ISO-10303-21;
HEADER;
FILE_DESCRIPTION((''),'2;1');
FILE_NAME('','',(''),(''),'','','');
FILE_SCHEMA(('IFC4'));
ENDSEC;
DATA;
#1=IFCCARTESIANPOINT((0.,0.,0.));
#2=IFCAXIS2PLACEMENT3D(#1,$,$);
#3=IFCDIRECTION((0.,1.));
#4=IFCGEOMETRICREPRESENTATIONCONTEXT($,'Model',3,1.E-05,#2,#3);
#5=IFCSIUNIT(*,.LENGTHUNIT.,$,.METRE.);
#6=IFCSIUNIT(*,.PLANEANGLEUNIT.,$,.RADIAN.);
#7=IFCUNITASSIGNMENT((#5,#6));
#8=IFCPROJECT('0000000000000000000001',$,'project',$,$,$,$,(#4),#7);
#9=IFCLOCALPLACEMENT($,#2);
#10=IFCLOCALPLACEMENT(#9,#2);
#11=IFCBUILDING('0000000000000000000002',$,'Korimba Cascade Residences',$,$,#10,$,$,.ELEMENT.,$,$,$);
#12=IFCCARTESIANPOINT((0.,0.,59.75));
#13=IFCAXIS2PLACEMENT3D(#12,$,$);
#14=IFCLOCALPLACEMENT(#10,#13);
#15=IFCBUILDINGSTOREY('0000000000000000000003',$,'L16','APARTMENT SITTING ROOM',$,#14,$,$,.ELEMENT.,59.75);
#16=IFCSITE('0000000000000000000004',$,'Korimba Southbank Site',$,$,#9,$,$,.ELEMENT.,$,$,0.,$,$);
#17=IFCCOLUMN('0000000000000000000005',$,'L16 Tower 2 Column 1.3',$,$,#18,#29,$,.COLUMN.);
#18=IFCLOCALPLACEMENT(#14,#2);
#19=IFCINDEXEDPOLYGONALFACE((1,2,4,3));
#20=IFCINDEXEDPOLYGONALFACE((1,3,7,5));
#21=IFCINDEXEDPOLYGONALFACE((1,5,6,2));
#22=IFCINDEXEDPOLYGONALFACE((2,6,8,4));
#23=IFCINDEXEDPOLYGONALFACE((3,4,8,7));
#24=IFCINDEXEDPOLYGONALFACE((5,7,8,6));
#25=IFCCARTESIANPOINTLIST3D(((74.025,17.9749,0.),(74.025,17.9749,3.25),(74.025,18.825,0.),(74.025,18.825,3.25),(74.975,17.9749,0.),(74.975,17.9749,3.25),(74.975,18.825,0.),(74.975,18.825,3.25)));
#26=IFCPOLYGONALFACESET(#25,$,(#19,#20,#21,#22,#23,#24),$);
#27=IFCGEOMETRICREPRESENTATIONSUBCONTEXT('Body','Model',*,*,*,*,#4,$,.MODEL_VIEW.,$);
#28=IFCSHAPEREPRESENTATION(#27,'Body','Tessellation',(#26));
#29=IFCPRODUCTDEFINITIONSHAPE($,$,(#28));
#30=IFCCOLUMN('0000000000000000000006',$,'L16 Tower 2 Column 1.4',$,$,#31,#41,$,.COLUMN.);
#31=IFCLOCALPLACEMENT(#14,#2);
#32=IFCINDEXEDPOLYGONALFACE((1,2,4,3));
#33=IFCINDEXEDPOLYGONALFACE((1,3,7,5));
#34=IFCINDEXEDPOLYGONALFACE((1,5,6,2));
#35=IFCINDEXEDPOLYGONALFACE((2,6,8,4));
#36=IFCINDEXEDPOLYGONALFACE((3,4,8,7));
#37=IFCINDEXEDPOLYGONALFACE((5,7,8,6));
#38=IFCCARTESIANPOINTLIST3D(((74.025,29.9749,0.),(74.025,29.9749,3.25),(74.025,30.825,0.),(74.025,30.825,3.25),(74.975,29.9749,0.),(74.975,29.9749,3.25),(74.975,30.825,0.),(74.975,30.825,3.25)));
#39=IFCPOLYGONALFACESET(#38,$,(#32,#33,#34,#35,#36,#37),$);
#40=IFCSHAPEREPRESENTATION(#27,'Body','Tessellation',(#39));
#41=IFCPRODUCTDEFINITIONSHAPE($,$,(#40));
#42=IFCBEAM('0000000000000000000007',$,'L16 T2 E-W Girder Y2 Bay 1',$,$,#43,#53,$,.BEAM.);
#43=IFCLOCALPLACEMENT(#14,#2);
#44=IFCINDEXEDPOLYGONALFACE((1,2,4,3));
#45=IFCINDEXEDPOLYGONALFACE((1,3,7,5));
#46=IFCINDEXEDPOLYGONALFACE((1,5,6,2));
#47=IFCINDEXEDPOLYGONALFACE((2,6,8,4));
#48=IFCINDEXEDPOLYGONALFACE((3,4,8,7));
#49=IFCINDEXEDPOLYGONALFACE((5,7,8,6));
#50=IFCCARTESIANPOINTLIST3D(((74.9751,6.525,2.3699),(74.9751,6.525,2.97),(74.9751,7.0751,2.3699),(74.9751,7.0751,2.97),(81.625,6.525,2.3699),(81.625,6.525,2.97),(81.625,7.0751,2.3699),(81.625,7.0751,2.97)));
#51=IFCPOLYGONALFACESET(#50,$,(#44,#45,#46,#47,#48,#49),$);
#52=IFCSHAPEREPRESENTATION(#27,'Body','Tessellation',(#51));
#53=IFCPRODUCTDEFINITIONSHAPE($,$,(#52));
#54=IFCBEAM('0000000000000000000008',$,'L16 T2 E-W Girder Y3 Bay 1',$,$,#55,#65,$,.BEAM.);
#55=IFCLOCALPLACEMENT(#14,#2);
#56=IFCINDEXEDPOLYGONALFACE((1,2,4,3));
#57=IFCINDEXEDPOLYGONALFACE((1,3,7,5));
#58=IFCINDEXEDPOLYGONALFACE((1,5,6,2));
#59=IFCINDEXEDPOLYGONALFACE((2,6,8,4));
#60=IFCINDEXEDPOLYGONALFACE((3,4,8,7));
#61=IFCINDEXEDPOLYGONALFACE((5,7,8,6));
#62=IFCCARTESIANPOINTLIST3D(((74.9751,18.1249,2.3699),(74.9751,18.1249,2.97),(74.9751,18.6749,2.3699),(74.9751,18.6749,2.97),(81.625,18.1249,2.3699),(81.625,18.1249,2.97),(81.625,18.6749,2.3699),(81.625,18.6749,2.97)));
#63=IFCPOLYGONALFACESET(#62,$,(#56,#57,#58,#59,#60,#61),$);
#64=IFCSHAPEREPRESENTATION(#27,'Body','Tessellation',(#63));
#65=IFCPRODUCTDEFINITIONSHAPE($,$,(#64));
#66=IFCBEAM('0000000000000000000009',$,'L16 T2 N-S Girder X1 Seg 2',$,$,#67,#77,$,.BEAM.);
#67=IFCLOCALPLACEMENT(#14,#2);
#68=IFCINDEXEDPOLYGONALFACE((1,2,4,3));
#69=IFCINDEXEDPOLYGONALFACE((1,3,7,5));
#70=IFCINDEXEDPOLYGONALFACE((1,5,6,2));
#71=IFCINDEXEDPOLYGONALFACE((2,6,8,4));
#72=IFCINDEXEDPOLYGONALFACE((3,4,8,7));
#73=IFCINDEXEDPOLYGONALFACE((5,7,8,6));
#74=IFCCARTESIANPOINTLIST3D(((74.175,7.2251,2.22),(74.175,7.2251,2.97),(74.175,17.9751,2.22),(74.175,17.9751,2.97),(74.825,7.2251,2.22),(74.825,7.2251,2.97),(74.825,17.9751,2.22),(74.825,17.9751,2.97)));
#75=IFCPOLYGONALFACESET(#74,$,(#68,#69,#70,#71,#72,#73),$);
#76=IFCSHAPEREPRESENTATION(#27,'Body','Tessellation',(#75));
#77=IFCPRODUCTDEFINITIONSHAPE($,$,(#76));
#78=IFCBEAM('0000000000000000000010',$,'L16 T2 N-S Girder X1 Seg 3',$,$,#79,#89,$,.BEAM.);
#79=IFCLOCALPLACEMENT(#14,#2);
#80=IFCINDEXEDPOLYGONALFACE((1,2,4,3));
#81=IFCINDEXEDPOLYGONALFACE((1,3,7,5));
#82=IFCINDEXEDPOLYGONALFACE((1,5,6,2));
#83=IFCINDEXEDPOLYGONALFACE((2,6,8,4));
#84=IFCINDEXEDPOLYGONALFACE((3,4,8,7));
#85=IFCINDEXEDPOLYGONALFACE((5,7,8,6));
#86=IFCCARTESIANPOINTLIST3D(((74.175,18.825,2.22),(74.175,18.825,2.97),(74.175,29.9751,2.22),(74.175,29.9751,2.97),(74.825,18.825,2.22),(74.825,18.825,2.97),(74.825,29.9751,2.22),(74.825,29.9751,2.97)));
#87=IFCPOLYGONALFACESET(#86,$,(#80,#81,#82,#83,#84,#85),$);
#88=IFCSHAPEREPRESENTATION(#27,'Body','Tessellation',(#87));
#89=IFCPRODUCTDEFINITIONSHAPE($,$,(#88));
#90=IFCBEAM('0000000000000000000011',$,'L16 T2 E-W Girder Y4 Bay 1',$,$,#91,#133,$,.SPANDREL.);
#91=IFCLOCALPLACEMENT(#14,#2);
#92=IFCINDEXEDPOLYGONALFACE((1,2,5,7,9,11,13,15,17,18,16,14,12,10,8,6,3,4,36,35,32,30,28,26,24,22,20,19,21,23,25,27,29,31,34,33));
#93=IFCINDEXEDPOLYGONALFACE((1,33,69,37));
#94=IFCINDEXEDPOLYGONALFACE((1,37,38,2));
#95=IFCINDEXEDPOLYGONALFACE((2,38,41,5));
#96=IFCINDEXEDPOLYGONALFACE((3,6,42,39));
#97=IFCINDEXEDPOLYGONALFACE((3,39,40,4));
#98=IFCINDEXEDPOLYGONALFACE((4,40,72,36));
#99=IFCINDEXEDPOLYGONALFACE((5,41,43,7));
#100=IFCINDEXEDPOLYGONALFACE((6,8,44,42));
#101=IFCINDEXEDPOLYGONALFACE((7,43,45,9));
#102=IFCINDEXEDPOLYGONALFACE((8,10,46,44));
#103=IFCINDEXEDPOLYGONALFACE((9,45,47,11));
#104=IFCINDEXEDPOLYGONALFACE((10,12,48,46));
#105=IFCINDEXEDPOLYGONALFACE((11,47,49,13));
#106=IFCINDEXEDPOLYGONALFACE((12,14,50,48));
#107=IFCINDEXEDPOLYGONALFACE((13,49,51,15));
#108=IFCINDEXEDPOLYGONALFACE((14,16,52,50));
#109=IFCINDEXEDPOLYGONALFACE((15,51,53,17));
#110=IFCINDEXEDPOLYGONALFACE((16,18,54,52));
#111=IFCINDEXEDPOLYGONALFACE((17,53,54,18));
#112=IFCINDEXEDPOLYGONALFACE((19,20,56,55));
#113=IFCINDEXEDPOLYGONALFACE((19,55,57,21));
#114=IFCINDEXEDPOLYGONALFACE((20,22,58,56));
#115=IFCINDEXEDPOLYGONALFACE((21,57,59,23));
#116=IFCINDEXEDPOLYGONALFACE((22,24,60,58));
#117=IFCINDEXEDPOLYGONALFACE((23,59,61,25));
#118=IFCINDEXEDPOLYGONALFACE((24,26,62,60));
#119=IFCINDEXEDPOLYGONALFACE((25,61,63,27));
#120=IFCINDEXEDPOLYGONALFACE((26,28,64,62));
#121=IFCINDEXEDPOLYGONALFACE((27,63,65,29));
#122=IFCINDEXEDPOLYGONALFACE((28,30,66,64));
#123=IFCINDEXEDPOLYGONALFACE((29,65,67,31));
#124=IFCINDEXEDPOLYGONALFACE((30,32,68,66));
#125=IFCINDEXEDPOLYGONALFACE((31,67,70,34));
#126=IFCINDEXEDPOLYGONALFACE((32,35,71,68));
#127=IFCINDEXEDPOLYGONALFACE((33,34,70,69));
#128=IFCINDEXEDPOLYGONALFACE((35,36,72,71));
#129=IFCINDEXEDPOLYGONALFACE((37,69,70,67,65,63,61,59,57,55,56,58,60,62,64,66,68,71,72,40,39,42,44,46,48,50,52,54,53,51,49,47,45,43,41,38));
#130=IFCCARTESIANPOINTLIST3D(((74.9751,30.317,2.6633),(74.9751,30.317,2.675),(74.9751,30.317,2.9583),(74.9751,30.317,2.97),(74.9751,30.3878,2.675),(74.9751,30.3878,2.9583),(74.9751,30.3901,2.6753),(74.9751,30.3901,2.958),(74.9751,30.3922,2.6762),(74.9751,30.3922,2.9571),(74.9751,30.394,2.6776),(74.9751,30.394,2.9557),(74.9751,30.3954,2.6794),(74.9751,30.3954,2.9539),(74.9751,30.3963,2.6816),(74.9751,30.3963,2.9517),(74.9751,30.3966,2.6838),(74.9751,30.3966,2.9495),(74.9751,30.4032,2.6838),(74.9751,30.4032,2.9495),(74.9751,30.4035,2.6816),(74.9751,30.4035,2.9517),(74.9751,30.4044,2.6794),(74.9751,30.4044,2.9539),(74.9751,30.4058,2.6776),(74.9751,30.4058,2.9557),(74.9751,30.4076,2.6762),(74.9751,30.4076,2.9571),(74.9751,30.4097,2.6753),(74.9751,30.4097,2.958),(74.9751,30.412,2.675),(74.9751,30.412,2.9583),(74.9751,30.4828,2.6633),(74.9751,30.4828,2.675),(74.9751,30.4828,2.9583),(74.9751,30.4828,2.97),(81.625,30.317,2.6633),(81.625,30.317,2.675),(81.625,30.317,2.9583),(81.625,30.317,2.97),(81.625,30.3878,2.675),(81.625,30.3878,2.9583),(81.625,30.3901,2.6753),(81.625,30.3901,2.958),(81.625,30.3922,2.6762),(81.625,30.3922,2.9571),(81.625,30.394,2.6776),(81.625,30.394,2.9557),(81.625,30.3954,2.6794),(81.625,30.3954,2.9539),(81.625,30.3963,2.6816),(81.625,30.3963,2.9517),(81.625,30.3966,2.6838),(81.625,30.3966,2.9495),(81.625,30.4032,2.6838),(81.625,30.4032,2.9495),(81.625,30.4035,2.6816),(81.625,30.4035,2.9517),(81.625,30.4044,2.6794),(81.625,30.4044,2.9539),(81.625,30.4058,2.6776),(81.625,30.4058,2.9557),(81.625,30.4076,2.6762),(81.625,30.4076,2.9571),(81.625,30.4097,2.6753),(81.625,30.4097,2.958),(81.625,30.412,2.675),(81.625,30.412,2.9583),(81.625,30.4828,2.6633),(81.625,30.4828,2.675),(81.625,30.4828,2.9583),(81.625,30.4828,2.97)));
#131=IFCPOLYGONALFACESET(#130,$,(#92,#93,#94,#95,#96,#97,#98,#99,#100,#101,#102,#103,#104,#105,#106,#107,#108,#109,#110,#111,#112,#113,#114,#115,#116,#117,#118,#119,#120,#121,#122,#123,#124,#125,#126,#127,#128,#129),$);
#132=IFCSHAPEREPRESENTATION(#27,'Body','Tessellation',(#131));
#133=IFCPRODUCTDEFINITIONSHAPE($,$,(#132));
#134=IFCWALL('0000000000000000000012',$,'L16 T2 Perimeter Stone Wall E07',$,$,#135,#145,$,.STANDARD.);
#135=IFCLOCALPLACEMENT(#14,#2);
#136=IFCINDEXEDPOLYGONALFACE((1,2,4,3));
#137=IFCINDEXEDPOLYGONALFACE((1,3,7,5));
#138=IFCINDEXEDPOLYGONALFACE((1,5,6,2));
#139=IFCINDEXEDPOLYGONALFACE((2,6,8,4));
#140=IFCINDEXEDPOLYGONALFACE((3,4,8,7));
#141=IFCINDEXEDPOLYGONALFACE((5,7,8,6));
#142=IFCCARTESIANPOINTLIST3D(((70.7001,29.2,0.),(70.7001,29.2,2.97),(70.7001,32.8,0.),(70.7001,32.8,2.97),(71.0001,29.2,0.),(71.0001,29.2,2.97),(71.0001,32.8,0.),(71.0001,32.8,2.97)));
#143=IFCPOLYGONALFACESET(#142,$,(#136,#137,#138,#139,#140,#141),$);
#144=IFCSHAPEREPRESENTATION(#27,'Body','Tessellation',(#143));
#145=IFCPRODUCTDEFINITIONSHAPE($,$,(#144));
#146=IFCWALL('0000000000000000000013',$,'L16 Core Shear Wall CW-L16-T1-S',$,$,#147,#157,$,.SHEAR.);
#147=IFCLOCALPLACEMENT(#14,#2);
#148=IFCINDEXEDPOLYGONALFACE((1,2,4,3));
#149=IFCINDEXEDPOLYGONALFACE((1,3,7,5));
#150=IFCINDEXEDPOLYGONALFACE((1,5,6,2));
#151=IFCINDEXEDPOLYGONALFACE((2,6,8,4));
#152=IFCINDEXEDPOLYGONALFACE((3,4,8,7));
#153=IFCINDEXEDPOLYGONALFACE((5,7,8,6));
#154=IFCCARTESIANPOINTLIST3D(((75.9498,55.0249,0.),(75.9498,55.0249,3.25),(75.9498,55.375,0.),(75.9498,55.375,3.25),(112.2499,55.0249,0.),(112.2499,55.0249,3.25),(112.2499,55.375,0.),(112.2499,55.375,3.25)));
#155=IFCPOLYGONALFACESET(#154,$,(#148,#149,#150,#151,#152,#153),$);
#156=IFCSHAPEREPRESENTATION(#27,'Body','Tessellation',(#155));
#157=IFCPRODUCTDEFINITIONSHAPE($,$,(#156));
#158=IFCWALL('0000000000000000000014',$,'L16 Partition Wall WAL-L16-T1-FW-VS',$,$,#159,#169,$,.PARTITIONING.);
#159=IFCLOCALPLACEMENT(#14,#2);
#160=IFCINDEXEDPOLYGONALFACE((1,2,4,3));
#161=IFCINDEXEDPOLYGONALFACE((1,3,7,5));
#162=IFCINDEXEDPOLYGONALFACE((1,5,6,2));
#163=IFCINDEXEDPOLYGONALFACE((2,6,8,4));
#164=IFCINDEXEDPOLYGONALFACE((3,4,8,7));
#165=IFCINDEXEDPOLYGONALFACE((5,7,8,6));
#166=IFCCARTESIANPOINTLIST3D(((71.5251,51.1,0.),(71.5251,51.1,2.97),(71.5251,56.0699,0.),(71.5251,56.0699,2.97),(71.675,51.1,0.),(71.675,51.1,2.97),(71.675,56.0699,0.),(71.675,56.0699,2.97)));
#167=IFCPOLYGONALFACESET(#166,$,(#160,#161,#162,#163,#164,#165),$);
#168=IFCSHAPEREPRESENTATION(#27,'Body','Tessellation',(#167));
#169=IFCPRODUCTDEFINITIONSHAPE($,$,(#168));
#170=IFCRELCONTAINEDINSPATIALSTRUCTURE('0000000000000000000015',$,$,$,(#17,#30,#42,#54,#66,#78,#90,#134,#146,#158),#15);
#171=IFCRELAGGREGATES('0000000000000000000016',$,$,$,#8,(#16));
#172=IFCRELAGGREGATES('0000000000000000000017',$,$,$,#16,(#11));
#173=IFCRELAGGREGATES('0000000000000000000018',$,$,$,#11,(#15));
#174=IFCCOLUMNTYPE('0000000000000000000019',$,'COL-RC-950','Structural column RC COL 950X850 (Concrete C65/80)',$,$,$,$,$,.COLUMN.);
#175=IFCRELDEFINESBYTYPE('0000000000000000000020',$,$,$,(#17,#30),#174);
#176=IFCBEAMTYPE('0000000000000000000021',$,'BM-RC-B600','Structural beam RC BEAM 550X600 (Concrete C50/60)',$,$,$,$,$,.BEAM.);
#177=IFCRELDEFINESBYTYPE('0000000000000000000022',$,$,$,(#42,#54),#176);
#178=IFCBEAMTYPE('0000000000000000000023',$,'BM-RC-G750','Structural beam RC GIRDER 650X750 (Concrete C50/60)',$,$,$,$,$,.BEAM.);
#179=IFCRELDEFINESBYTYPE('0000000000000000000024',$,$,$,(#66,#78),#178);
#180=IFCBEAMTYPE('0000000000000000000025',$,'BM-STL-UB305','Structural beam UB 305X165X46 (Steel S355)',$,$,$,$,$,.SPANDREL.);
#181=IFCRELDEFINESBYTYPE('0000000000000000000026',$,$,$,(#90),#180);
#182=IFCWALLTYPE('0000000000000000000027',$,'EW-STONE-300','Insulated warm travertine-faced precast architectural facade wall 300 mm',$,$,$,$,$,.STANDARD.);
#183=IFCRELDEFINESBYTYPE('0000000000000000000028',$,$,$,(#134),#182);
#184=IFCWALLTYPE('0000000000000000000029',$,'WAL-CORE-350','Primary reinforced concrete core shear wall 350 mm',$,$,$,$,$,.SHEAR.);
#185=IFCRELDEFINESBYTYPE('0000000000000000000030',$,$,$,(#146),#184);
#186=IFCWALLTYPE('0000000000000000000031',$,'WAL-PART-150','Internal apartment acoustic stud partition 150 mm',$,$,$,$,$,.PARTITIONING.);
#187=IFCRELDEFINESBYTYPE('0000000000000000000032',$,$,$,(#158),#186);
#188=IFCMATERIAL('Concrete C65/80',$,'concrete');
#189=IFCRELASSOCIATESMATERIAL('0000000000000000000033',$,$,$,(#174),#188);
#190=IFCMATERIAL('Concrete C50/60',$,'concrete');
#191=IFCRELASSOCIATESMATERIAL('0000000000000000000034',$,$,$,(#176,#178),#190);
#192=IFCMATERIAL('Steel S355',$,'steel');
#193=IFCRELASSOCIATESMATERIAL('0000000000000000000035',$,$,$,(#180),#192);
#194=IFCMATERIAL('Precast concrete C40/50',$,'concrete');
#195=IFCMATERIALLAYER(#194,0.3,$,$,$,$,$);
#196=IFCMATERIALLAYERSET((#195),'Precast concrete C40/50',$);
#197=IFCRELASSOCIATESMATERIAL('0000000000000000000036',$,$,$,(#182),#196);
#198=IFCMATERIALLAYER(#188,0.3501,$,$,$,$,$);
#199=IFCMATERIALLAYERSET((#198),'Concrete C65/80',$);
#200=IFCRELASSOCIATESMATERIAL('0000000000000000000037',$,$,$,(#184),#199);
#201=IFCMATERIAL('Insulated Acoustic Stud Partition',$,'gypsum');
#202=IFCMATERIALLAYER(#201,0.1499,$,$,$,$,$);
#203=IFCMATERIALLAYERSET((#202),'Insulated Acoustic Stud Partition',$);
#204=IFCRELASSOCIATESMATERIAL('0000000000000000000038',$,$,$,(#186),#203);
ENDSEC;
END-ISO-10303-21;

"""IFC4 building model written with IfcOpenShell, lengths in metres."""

from ifc_helpers import new_model, si_unit, direction, frame, frame_2d, origin, origin_2d, place, context, subcontext, project, spatial, rectangle, i_section, extrude, material, layer, layer_set, material_profile, profile_set, type_object, element, save


model = new_model("IFC4")

# Units and contexts
model_context = context("Model", 3, precision=1e-05, world=origin(), true_north=direction((0.0, 1.0)))
body_context = subcontext(model_context, "Body", "Model", "MODEL_VIEW")
ifc_project = project(units=[si_unit("LENGTHUNIT", "METRE"), si_unit("PLANEANGLEUNIT", "RADIAN")], contexts=[model_context])

# Site, building, storey
site_placement = place(None, origin())
site = spatial("IfcSite", under=ifc_project, at=site_placement, Name="Korimba Southbank Site", CompositionType="ELEMENT", RefElevation=0.0)
building_placement = place(site_placement, origin())
building = spatial("IfcBuilding", under=site, at=building_placement, Name="Korimba Cascade Residences", CompositionType="ELEMENT")
storey_placement = place(building_placement, frame((0.0, 0.0, 59.75)))
storey = spatial("IfcBuildingStorey", under=building, at=storey_placement, Name="L16", Description="APARTMENT SITTING ROOM", CompositionType="ELEMENT", Elevation=59.75)

# Columns
ifc_material_1 = material(Name="Concrete C65/80", Category="concrete")
ifc_material_profile_1 = material_profile(ifc_material_1, rectangle(XDim=0.95, YDim=0.8501, at=origin_2d()), Name="Concrete C65/80")
ifc_profile_set_1 = profile_set([ifc_material_profile_1], Name="Concrete C65/80")
column_type = type_object("IfcColumnType", Name="COL-RC-950", Description="Structural column RC COL 950X850 (Concrete C65/80)", PredefinedType="COLUMN", material=ifc_profile_set_1)
for number, where, z_axis, x_axis, name in (
    (1, (74.5, 18.3999, 0.0), (0.0, 0.0, 1.0), (1.0, 0.0, 0.0), "L16 Tower 2 Column 1.3"),
    (2, (74.5, 30.3999, 0.0), (0.0, 0.0, 1.0), (1.0, 0.0, 0.0), "L16 Tower 2 Column 1.4"),
):
    element("IfcColumn", number, at=place(storey_placement, frame(where, z_axis=z_axis, x_axis=x_axis)), inside=storey, type_object=column_type, Name=name, PredefinedType="COLUMN", context=body_context, shape_type="SweptSolid", body=[
        extrude(rectangle(XDim=0.95, YDim=0.8501, at=origin_2d()), origin(), (0.0, 0.0, 1.0), 3.25),
    ])

# Beams
ifc_material_2 = material(Name="Concrete C50/60", Category="concrete")
ifc_material_profile_2 = material_profile(ifc_material_2, rectangle(XDim=0.55, YDim=0.6001, at=origin_2d()), Name="Concrete C50/60")
ifc_profile_set_2 = profile_set([ifc_material_profile_2], Name="Concrete C50/60")
beam_type_1 = type_object("IfcBeamType", Name="BM-RC-B600", Description="Structural beam RC BEAM 550X600 (Concrete C50/60)", PredefinedType="BEAM", material=ifc_profile_set_2)
for number, where, z_axis, x_axis, name in (
    (3, (74.9751, 6.8, 2.6699), (1.0, 0.0, 0.0), (0.0, 1.0, 0.0), "L16 T2 E-W Girder Y2 Bay 1"),
    (4, (74.9751, 18.3999, 2.6699), (1.0, 0.0, 0.0), (0.0, 1.0, 0.0), "L16 T2 E-W Girder Y3 Bay 1"),
):
    element("IfcBeam", number, at=place(storey_placement, frame(where, z_axis=z_axis, x_axis=x_axis)), inside=storey, type_object=beam_type_1, Name=name, PredefinedType="BEAM", context=body_context, shape_type="SweptSolid", body=[
        extrude(rectangle(XDim=0.55, YDim=0.6001, at=origin_2d()), origin(), (0.0, 0.0, 1.0), 6.6499),
    ])
ifc_material_profile_3 = material_profile(ifc_material_2, rectangle(XDim=0.6499, YDim=0.75, at=origin_2d()), Name="Concrete C50/60")
ifc_profile_set_3 = profile_set([ifc_material_profile_3], Name="Concrete C50/60")
beam_type_2 = type_object("IfcBeamType", Name="BM-RC-G750", Description="Structural beam RC GIRDER 650X750 (Concrete C50/60)", PredefinedType="BEAM", material=ifc_profile_set_3)
beam_1_placement = place(storey_placement, frame((74.5, 7.2251, 2.595), z_axis=(0.0, 1.0, 0.0), x_axis=(-1.0, 0.0, 0.0)))
element("IfcBeam", 5, at=beam_1_placement, inside=storey, type_object=beam_type_2, Name="L16 T2 N-S Girder X1 Seg 2", PredefinedType="BEAM", context=body_context, shape_type="SweptSolid", body=[
    extrude(rectangle(XDim=0.6499, YDim=0.75, at=origin_2d()), origin(), (0.0, 0.0, 1.0), 10.75),
])
beam_2_placement = place(storey_placement, frame((74.5, 18.825, 2.595), z_axis=(0.0, 1.0, 0.0), x_axis=(-1.0, 0.0, 0.0)))
element("IfcBeam", 6, at=beam_2_placement, inside=storey, type_object=beam_type_2, Name="L16 T2 N-S Girder X1 Seg 3", PredefinedType="BEAM", context=body_context, shape_type="SweptSolid", body=[
    extrude(rectangle(XDim=0.6499, YDim=0.75, at=origin_2d()), origin(), (0.0, 0.0, 1.0), 11.1501),
])
ifc_material_3 = material(Name="Steel S355", Category="steel")
ifc_material_profile_4 = material_profile(ifc_material_3, i_section(OverallWidth=0.1658, OverallDepth=0.3066, WebThickness=0.0066, FlangeThickness=0.0117, FilletRadius=0.0088, at=origin_2d()), Name="Steel S355")
ifc_profile_set_4 = profile_set([ifc_material_profile_4], Name="Steel S355")
beam_type_3 = type_object("IfcBeamType", Name="BM-STL-UB305", Description="Structural beam UB 305X165X46 (Steel S355)", PredefinedType="SPANDREL", material=ifc_profile_set_4)
beam_3_placement = place(storey_placement, frame((74.9751, 30.3999, 2.8167), z_axis=(1.0, 0.0, 0.0), x_axis=(0.0, 1.0, 0.0)))
element("IfcBeam", 7, at=beam_3_placement, inside=storey, type_object=beam_type_3, Name="L16 T2 E-W Girder Y4 Bay 1", PredefinedType="SPANDREL", context=body_context, shape_type="SweptSolid", body=[
    extrude(i_section(OverallWidth=0.1658, OverallDepth=0.3066, WebThickness=0.0066, FlangeThickness=0.0117, FilletRadius=0.0088, at=origin_2d()), origin(), (0.0, 0.0, 1.0), 6.6499),
])

# Walls
ifc_material_4 = material(Name="Precast concrete C40/50", Category="concrete")
ifc_layer_1 = layer(ifc_material_4, 0.3)
ifc_layer_set_1 = layer_set([ifc_layer_1], Name="Precast concrete C40/50")
wall_type_1 = type_object("IfcWallType", Name="EW-STONE-300", Description="Insulated warm travertine-faced precast architectural facade wall 300 mm", PredefinedType="STANDARD", material=ifc_layer_set_1)
wall_1_placement = place(storey_placement, frame((70.8501, 32.8, 0.0), z_axis=(0.0, 0.0, 1.0), x_axis=(0.0, -1.0, 0.0)))
element("IfcWall", 8, at=wall_1_placement, inside=storey, type_object=wall_type_1, Name="L16 T2 Perimeter Stone Wall E07", PredefinedType="STANDARD", context=body_context, shape_type="SweptSolid", body=[
    extrude(rectangle(XDim=3.6001, YDim=0.3, at=frame_2d((1.8, 0.0))), origin(), (0.0, 0.0, 1.0), 2.97),
])
ifc_layer_2 = layer(ifc_material_1, 0.3501)
ifc_layer_set_2 = layer_set([ifc_layer_2], Name="Concrete C65/80")
wall_type_2 = type_object("IfcWallType", Name="WAL-CORE-350", Description="Primary reinforced concrete core shear wall 350 mm", PredefinedType="SHEAR", material=ifc_layer_set_2)
wall_2_placement = place(storey_placement, frame((75.95, 55.2, 0.0), z_axis=(0.0, 0.0, 1.0), x_axis=(1.0, 0.0, 0.0)))
element("IfcWall", 9, at=wall_2_placement, inside=storey, type_object=wall_type_2, Name="L16 Core Shear Wall CW-L16-T1-S", PredefinedType="SHEAR", context=body_context, shape_type="SweptSolid", body=[
    extrude(rectangle(XDim=36.3, YDim=0.3501, at=frame_2d((18.1499, 0.0))), origin(), (0.0, 0.0, 1.0), 3.25),
])
ifc_material_5 = material(Name="Insulated Acoustic Stud Partition", Category="gypsum")
ifc_layer_3 = layer(ifc_material_5, 0.1499)
ifc_layer_set_3 = layer_set([ifc_layer_3], Name="Insulated Acoustic Stud Partition")
wall_type_3 = type_object("IfcWallType", Name="WAL-PART-150", Description="Internal apartment acoustic stud partition 150 mm", PredefinedType="PARTITIONING", material=ifc_layer_set_3)
wall_3_placement = place(storey_placement, frame((71.6001, 51.1001, 0.0), z_axis=(0.0, 0.0, 1.0), x_axis=(0.0, 1.0, 0.0)))
element("IfcWall", 10, at=wall_3_placement, inside=storey, type_object=wall_type_3, Name="L16 Partition Wall WAL-L16-T1-FW-VS", PredefinedType="PARTITIONING", context=body_context, shape_type="SweptSolid", body=[
    extrude(rectangle(XDim=4.97, YDim=0.1499, at=frame_2d((2.4849, 0.0))), origin(), (0.0, 0.0, 1.0), 2.97),
])

save(model, "model.ifc")
